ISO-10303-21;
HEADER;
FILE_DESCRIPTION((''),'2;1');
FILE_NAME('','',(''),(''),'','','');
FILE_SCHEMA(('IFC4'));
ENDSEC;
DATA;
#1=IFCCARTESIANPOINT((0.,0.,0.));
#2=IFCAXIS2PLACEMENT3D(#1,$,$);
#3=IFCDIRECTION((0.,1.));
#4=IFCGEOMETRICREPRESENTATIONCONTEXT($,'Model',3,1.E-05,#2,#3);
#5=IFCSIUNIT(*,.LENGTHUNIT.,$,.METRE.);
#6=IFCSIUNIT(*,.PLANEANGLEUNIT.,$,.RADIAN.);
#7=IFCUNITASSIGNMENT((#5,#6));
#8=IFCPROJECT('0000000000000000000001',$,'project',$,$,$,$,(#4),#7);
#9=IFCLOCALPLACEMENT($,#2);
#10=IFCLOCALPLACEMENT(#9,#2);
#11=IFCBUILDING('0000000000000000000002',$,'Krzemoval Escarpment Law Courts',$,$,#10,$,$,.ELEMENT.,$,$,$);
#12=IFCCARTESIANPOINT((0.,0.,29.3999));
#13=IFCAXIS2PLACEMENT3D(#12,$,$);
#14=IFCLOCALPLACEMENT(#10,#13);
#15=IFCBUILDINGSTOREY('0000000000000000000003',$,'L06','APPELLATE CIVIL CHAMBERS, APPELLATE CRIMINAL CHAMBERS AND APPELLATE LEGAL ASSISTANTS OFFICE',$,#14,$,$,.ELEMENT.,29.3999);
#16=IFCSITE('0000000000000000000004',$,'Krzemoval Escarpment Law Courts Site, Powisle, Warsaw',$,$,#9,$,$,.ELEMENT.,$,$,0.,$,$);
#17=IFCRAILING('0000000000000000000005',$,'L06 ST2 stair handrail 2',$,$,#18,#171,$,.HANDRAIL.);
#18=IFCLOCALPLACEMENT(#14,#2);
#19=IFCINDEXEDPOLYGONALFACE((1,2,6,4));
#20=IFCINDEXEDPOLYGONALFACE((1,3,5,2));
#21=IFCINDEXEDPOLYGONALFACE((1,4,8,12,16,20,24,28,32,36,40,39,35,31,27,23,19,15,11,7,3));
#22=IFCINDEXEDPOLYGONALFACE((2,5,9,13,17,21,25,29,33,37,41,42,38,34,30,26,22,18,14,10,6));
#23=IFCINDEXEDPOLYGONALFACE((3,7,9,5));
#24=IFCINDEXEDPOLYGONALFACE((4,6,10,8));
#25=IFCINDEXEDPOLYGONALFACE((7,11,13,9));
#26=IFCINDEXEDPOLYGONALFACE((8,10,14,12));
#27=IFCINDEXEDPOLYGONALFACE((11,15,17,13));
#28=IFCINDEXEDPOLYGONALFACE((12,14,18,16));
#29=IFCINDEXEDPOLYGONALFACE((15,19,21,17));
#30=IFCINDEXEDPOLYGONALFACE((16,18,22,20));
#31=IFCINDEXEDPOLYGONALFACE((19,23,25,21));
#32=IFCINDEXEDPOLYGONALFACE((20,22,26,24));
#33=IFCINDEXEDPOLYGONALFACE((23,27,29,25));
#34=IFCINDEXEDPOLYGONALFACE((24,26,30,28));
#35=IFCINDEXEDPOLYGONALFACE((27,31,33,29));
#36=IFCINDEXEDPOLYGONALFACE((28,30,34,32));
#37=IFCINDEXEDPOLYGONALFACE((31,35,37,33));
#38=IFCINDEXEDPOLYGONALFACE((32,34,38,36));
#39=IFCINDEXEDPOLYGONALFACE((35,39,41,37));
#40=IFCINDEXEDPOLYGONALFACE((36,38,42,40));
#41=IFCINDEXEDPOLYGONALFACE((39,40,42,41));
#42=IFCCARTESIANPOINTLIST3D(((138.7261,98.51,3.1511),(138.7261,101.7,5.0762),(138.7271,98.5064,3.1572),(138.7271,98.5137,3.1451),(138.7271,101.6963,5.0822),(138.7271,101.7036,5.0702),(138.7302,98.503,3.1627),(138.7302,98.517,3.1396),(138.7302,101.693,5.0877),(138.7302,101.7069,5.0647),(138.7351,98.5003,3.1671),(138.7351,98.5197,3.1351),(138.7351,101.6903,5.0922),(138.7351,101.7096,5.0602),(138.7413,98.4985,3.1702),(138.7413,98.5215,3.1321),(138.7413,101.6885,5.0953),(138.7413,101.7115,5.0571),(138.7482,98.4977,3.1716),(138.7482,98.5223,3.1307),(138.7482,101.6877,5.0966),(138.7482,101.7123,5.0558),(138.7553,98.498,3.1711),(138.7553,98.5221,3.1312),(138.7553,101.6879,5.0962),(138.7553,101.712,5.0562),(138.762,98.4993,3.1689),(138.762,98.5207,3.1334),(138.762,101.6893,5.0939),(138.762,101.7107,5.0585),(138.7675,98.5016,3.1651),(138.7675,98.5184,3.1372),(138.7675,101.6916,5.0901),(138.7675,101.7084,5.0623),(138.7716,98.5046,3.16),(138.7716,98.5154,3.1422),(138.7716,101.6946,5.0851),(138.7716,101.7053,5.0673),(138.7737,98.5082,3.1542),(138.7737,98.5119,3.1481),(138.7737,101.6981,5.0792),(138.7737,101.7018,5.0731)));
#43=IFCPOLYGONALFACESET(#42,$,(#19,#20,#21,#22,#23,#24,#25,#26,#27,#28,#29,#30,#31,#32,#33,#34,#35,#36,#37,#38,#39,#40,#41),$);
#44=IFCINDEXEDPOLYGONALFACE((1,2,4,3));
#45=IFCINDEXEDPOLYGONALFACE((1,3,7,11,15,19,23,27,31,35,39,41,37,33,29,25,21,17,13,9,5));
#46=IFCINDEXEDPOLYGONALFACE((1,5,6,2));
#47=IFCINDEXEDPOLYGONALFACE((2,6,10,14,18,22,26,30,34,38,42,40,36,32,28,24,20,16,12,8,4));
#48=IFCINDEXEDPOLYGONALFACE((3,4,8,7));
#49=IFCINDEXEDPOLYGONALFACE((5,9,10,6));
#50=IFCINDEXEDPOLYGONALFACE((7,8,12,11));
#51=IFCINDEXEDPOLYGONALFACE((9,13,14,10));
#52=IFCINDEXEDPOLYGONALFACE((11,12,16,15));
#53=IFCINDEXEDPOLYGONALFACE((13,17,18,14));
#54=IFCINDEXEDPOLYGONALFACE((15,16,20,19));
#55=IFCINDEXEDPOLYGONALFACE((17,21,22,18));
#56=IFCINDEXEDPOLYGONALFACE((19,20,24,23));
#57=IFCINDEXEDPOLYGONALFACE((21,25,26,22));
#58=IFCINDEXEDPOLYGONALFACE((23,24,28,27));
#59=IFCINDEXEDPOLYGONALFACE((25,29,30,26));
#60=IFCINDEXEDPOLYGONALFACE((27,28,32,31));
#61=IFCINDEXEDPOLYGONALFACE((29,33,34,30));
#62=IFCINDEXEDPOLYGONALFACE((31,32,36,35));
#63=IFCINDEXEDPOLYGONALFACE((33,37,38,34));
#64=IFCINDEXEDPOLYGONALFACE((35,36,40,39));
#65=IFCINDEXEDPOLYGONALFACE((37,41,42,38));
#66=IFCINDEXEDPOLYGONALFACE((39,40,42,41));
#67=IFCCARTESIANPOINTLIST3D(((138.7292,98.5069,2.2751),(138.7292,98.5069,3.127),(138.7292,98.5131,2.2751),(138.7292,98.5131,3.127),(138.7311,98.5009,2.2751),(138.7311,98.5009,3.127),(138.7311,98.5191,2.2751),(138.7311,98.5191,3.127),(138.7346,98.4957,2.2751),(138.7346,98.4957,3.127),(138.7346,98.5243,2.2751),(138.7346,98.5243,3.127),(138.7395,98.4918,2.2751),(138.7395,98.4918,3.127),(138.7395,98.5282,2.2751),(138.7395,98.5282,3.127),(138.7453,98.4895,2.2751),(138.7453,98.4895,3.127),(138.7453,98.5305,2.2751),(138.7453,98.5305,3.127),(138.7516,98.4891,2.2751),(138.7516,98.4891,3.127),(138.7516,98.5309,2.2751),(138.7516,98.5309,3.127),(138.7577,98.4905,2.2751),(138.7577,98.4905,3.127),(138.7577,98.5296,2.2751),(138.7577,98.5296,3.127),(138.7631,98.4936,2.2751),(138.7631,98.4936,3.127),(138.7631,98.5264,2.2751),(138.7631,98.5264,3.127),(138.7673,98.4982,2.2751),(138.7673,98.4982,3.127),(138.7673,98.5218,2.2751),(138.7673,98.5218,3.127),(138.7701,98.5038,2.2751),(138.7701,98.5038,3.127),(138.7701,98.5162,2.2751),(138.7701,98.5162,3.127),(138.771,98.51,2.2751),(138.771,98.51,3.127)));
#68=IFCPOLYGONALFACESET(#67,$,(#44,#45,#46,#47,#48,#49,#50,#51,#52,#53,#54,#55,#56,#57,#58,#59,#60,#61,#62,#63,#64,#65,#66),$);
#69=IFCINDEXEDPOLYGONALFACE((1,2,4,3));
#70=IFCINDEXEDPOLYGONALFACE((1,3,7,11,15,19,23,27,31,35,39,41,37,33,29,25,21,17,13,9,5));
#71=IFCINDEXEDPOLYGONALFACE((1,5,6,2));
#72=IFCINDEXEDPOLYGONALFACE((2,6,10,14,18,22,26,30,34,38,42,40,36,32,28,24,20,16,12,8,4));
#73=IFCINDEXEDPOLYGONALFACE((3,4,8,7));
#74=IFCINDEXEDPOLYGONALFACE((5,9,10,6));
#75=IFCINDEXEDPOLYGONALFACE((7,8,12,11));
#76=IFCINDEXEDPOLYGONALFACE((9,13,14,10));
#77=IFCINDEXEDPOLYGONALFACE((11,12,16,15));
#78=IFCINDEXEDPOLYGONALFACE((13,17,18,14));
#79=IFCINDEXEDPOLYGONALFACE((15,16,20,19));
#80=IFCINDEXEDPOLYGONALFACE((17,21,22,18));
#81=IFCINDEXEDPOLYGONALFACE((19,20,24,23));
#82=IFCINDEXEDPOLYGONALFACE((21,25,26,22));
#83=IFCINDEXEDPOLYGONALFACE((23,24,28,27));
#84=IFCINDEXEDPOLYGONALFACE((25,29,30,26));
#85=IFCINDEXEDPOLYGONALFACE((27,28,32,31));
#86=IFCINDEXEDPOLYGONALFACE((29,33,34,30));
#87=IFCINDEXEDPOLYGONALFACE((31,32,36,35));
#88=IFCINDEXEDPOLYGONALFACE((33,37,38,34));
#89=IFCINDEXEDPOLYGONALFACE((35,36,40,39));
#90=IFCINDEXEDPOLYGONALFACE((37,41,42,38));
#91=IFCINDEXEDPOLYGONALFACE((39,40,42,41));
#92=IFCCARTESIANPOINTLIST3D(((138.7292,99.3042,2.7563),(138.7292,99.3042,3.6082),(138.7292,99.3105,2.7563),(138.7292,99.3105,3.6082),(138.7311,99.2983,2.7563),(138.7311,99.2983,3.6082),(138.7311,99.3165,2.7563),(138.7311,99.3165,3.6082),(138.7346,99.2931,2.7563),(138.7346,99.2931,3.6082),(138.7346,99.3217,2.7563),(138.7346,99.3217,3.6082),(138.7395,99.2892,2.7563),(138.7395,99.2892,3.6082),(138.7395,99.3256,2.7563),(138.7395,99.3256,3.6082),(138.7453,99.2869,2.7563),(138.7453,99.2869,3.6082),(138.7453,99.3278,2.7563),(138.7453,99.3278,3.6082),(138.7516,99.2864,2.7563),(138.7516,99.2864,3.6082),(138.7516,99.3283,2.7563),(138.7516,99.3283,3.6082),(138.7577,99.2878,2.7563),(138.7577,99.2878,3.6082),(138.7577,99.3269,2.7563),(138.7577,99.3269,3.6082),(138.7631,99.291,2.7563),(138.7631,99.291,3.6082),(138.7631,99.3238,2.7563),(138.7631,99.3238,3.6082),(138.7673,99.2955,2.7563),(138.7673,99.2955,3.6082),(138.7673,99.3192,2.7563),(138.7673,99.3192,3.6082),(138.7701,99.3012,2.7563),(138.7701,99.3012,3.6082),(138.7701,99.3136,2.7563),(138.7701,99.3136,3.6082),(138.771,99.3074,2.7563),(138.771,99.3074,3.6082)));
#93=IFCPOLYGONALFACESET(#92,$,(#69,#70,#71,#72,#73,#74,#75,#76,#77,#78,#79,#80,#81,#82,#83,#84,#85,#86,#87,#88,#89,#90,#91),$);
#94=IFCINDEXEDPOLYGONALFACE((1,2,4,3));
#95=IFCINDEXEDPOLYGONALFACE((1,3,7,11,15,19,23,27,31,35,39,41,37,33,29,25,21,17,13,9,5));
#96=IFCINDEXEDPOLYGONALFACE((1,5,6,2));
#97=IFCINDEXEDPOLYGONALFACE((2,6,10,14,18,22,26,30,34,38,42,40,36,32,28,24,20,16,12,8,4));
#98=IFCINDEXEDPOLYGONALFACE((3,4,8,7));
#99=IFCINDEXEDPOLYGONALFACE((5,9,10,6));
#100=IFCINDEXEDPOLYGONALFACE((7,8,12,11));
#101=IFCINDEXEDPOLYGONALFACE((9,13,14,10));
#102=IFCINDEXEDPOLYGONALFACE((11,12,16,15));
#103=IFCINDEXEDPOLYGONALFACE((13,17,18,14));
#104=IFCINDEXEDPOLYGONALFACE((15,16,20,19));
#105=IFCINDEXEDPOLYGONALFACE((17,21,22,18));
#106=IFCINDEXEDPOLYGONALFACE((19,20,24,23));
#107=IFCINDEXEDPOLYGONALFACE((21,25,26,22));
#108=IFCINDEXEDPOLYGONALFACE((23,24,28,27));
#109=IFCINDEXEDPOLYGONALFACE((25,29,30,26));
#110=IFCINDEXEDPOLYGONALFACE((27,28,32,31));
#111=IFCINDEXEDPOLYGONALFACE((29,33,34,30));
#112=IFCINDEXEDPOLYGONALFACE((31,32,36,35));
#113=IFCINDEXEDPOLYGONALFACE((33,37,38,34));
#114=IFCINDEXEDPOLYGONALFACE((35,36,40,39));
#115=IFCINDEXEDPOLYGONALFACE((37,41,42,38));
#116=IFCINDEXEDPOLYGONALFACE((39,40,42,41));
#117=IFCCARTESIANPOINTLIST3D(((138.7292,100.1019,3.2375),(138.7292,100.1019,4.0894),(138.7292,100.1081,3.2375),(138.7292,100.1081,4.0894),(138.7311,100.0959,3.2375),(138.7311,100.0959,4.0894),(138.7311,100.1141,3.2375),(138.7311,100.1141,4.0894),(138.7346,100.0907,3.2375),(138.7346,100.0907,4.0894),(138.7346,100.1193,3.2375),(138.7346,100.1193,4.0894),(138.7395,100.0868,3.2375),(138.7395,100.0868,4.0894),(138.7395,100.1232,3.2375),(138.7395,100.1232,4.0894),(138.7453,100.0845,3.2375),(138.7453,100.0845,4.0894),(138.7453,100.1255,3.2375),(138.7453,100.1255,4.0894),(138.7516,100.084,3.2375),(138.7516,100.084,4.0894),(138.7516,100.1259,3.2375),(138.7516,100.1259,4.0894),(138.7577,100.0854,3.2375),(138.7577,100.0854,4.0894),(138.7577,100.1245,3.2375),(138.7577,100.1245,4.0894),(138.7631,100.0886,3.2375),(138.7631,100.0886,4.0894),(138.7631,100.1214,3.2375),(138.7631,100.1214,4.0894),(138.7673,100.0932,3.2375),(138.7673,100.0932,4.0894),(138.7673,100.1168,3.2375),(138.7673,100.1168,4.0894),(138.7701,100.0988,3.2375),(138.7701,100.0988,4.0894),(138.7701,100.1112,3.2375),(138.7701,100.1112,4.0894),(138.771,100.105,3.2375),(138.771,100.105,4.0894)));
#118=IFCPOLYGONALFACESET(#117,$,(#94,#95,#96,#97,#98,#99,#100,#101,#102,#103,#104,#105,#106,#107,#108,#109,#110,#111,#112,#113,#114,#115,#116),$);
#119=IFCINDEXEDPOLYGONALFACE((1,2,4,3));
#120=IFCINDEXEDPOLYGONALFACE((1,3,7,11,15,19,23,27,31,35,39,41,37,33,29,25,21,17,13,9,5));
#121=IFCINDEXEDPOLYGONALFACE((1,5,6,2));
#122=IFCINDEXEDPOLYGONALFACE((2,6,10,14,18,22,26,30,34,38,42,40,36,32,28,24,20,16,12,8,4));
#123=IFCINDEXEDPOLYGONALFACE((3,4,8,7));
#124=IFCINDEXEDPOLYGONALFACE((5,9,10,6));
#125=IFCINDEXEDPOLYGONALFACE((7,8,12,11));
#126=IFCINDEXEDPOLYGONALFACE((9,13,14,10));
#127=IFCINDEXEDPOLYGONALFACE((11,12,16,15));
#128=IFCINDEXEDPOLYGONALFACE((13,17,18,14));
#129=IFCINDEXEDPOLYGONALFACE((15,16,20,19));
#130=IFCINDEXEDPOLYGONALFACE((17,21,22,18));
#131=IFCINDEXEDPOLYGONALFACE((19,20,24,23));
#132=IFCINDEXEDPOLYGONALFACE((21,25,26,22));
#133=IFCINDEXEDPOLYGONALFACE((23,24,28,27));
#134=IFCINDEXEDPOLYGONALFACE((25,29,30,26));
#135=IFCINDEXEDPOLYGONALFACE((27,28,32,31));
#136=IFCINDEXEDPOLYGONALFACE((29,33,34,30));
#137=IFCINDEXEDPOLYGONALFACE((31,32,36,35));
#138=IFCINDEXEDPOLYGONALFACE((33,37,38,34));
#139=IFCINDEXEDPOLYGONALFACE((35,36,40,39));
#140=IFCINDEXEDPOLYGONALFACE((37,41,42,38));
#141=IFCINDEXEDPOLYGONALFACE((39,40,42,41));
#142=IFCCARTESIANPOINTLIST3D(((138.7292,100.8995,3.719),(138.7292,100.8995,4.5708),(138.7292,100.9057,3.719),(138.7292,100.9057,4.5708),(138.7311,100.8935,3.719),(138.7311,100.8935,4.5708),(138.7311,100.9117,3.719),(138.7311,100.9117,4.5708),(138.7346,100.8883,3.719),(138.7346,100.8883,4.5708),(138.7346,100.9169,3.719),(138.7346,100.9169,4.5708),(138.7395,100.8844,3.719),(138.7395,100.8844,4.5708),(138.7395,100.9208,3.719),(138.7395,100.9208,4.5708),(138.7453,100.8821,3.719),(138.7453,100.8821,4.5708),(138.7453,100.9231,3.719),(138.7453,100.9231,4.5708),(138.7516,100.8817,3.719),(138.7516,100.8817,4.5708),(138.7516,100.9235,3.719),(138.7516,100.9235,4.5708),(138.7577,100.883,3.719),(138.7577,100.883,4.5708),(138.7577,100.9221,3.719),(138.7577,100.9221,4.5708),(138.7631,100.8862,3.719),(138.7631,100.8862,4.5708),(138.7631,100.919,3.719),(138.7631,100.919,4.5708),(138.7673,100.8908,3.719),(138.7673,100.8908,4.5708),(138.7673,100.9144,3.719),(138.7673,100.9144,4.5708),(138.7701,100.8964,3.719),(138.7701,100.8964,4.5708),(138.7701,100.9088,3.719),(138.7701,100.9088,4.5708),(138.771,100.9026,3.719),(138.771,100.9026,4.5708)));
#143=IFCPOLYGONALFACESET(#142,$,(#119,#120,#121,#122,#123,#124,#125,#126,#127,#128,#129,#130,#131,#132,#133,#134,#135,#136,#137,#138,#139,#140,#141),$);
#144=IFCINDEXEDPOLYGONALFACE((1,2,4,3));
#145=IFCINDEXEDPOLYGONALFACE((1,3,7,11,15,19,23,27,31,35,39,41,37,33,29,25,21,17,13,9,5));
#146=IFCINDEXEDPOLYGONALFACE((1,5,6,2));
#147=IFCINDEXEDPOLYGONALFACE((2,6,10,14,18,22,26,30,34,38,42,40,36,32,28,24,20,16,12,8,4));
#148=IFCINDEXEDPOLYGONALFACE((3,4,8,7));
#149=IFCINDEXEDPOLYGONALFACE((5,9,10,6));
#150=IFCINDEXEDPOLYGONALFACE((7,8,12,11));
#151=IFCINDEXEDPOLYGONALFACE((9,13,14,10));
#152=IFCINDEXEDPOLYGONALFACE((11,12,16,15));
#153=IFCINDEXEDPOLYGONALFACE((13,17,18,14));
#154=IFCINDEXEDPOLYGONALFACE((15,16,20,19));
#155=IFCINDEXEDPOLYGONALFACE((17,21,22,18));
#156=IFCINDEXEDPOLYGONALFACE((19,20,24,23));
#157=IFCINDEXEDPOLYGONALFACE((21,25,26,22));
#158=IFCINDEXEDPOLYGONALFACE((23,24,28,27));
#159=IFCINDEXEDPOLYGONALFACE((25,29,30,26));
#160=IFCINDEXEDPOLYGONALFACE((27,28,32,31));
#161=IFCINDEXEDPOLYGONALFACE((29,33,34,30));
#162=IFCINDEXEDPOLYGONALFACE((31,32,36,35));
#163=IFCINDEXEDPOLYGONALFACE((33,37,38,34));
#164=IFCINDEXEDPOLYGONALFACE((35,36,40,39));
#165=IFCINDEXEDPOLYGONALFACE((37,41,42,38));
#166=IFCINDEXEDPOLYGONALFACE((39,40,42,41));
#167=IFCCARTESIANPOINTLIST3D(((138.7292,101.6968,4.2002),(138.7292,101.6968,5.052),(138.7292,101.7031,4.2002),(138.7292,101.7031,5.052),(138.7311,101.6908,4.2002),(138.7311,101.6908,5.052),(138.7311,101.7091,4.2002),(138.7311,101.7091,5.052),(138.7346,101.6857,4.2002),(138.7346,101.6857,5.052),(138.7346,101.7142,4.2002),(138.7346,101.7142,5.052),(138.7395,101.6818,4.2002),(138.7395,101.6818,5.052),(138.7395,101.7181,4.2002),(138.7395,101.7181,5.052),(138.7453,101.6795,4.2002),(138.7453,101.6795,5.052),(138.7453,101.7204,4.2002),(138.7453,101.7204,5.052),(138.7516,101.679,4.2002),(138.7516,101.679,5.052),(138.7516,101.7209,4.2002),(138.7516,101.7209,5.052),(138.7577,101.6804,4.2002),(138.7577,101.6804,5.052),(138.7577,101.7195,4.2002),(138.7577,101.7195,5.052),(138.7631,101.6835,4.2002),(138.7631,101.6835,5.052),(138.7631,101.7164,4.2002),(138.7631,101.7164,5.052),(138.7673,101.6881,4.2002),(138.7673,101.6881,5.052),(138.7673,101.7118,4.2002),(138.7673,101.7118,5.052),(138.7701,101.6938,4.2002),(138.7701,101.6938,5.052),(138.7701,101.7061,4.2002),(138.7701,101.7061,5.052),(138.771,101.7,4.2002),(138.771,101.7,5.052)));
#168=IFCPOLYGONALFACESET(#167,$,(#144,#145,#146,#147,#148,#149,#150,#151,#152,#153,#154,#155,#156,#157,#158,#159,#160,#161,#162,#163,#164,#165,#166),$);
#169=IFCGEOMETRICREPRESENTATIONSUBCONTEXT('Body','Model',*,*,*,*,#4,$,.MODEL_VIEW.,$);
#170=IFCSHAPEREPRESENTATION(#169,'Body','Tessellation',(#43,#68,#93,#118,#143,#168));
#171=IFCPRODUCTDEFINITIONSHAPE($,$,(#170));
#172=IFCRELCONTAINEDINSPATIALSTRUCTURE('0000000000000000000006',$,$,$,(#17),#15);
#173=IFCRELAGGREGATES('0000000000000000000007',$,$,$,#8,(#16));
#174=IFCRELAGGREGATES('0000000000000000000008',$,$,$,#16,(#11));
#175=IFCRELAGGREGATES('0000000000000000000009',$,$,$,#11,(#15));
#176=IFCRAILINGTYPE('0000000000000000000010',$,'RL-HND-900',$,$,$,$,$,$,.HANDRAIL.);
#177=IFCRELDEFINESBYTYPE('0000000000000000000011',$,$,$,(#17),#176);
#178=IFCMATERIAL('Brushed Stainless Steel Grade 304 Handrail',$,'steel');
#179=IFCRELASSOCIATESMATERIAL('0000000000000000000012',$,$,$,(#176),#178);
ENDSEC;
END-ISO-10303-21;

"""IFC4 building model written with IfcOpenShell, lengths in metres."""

from ifc_helpers import new_model, si_unit, direction, frame, origin, origin_2d, place, context, subcontext, project, spatial, circle, extrude, material, type_object, element, save


model = new_model("IFC4")

# Units and contexts
model_context = context("Model", 3, precision=1e-05, world=origin(), true_north=direction((0.0, 1.0)))
body_context = subcontext(model_context, "Body", "Model", "MODEL_VIEW")
ifc_project = project(units=[si_unit("LENGTHUNIT", "METRE"), si_unit("PLANEANGLEUNIT", "RADIAN")], contexts=[model_context])

# Site, building, storey
site_placement = place(None, origin())
site = spatial("IfcSite", under=ifc_project, at=site_placement, Name="Krzemoval Escarpment Law Courts Site, Powisle, Warsaw", CompositionType="ELEMENT", RefElevation=0.0)
building_placement = place(site_placement, origin())
building = spatial("IfcBuilding", under=site, at=building_placement, Name="Krzemoval Escarpment Law Courts", CompositionType="ELEMENT")
storey_placement = place(building_placement, frame((0.0, 0.0, 29.3999)))
storey = spatial("IfcBuildingStorey", under=building, at=storey_placement, Name="L06", Description="APPELLATE CIVIL CHAMBERS, APPELLATE CRIMINAL CHAMBERS AND APPELLATE LEGAL ASSISTANTS OFFICE", CompositionType="ELEMENT", Elevation=29.3999)

# Railing
ifc_material_1 = material(Name="Brushed Stainless Steel Grade 304 Handrail", Category="steel")
railing_type_1 = type_object("IfcRailingType", Name="RL-HND-900", PredefinedType="HANDRAIL", material=ifc_material_1)
for number, where, name in (
    (1, (138.75, 98.51, 2.2751), "L06 ST2 stair handrail 2"),
):
    element("IfcRailing", number, at=place(storey_placement, frame(where)), inside=storey, type_object=railing_type_1, Name=name, PredefinedType="HANDRAIL", context=body_context, shape_type="SweptSolid", body=[
        extrude(circle(Radius=0.0239, at=origin_2d()), frame((0.0, 0.0, 0.876), z_axis=(0.0, 0.856178, 0.516682), x_axis=(-1.0, 0.0, 0.0)), (0.0, 0.0, 1.0), 3.7258),
        extrude(circle(Radius=0.021, at=origin_2d()), origin(), (0.0, 0.0, 1.0), 0.8518),
        extrude(circle(Radius=0.021, at=origin_2d()), frame((0.0, 0.7974, 0.4812)), (0.0, 0.0, 1.0), 0.8518),
        extrude(circle(Radius=0.021, at=origin_2d()), frame((0.0, 1.595, 0.9624)), (0.0, 0.0, 1.0), 0.8518),
        extrude(circle(Radius=0.021, at=origin_2d()), frame((0.0, 2.3926, 1.4438)), (0.0, 0.0, 1.0), 0.8518),
        extrude(circle(Radius=0.021, at=origin_2d()), frame((0.0, 3.1899, 1.925)), (0.0, 0.0, 1.0), 0.8518),
    ])

save(model, "model.ifc")
